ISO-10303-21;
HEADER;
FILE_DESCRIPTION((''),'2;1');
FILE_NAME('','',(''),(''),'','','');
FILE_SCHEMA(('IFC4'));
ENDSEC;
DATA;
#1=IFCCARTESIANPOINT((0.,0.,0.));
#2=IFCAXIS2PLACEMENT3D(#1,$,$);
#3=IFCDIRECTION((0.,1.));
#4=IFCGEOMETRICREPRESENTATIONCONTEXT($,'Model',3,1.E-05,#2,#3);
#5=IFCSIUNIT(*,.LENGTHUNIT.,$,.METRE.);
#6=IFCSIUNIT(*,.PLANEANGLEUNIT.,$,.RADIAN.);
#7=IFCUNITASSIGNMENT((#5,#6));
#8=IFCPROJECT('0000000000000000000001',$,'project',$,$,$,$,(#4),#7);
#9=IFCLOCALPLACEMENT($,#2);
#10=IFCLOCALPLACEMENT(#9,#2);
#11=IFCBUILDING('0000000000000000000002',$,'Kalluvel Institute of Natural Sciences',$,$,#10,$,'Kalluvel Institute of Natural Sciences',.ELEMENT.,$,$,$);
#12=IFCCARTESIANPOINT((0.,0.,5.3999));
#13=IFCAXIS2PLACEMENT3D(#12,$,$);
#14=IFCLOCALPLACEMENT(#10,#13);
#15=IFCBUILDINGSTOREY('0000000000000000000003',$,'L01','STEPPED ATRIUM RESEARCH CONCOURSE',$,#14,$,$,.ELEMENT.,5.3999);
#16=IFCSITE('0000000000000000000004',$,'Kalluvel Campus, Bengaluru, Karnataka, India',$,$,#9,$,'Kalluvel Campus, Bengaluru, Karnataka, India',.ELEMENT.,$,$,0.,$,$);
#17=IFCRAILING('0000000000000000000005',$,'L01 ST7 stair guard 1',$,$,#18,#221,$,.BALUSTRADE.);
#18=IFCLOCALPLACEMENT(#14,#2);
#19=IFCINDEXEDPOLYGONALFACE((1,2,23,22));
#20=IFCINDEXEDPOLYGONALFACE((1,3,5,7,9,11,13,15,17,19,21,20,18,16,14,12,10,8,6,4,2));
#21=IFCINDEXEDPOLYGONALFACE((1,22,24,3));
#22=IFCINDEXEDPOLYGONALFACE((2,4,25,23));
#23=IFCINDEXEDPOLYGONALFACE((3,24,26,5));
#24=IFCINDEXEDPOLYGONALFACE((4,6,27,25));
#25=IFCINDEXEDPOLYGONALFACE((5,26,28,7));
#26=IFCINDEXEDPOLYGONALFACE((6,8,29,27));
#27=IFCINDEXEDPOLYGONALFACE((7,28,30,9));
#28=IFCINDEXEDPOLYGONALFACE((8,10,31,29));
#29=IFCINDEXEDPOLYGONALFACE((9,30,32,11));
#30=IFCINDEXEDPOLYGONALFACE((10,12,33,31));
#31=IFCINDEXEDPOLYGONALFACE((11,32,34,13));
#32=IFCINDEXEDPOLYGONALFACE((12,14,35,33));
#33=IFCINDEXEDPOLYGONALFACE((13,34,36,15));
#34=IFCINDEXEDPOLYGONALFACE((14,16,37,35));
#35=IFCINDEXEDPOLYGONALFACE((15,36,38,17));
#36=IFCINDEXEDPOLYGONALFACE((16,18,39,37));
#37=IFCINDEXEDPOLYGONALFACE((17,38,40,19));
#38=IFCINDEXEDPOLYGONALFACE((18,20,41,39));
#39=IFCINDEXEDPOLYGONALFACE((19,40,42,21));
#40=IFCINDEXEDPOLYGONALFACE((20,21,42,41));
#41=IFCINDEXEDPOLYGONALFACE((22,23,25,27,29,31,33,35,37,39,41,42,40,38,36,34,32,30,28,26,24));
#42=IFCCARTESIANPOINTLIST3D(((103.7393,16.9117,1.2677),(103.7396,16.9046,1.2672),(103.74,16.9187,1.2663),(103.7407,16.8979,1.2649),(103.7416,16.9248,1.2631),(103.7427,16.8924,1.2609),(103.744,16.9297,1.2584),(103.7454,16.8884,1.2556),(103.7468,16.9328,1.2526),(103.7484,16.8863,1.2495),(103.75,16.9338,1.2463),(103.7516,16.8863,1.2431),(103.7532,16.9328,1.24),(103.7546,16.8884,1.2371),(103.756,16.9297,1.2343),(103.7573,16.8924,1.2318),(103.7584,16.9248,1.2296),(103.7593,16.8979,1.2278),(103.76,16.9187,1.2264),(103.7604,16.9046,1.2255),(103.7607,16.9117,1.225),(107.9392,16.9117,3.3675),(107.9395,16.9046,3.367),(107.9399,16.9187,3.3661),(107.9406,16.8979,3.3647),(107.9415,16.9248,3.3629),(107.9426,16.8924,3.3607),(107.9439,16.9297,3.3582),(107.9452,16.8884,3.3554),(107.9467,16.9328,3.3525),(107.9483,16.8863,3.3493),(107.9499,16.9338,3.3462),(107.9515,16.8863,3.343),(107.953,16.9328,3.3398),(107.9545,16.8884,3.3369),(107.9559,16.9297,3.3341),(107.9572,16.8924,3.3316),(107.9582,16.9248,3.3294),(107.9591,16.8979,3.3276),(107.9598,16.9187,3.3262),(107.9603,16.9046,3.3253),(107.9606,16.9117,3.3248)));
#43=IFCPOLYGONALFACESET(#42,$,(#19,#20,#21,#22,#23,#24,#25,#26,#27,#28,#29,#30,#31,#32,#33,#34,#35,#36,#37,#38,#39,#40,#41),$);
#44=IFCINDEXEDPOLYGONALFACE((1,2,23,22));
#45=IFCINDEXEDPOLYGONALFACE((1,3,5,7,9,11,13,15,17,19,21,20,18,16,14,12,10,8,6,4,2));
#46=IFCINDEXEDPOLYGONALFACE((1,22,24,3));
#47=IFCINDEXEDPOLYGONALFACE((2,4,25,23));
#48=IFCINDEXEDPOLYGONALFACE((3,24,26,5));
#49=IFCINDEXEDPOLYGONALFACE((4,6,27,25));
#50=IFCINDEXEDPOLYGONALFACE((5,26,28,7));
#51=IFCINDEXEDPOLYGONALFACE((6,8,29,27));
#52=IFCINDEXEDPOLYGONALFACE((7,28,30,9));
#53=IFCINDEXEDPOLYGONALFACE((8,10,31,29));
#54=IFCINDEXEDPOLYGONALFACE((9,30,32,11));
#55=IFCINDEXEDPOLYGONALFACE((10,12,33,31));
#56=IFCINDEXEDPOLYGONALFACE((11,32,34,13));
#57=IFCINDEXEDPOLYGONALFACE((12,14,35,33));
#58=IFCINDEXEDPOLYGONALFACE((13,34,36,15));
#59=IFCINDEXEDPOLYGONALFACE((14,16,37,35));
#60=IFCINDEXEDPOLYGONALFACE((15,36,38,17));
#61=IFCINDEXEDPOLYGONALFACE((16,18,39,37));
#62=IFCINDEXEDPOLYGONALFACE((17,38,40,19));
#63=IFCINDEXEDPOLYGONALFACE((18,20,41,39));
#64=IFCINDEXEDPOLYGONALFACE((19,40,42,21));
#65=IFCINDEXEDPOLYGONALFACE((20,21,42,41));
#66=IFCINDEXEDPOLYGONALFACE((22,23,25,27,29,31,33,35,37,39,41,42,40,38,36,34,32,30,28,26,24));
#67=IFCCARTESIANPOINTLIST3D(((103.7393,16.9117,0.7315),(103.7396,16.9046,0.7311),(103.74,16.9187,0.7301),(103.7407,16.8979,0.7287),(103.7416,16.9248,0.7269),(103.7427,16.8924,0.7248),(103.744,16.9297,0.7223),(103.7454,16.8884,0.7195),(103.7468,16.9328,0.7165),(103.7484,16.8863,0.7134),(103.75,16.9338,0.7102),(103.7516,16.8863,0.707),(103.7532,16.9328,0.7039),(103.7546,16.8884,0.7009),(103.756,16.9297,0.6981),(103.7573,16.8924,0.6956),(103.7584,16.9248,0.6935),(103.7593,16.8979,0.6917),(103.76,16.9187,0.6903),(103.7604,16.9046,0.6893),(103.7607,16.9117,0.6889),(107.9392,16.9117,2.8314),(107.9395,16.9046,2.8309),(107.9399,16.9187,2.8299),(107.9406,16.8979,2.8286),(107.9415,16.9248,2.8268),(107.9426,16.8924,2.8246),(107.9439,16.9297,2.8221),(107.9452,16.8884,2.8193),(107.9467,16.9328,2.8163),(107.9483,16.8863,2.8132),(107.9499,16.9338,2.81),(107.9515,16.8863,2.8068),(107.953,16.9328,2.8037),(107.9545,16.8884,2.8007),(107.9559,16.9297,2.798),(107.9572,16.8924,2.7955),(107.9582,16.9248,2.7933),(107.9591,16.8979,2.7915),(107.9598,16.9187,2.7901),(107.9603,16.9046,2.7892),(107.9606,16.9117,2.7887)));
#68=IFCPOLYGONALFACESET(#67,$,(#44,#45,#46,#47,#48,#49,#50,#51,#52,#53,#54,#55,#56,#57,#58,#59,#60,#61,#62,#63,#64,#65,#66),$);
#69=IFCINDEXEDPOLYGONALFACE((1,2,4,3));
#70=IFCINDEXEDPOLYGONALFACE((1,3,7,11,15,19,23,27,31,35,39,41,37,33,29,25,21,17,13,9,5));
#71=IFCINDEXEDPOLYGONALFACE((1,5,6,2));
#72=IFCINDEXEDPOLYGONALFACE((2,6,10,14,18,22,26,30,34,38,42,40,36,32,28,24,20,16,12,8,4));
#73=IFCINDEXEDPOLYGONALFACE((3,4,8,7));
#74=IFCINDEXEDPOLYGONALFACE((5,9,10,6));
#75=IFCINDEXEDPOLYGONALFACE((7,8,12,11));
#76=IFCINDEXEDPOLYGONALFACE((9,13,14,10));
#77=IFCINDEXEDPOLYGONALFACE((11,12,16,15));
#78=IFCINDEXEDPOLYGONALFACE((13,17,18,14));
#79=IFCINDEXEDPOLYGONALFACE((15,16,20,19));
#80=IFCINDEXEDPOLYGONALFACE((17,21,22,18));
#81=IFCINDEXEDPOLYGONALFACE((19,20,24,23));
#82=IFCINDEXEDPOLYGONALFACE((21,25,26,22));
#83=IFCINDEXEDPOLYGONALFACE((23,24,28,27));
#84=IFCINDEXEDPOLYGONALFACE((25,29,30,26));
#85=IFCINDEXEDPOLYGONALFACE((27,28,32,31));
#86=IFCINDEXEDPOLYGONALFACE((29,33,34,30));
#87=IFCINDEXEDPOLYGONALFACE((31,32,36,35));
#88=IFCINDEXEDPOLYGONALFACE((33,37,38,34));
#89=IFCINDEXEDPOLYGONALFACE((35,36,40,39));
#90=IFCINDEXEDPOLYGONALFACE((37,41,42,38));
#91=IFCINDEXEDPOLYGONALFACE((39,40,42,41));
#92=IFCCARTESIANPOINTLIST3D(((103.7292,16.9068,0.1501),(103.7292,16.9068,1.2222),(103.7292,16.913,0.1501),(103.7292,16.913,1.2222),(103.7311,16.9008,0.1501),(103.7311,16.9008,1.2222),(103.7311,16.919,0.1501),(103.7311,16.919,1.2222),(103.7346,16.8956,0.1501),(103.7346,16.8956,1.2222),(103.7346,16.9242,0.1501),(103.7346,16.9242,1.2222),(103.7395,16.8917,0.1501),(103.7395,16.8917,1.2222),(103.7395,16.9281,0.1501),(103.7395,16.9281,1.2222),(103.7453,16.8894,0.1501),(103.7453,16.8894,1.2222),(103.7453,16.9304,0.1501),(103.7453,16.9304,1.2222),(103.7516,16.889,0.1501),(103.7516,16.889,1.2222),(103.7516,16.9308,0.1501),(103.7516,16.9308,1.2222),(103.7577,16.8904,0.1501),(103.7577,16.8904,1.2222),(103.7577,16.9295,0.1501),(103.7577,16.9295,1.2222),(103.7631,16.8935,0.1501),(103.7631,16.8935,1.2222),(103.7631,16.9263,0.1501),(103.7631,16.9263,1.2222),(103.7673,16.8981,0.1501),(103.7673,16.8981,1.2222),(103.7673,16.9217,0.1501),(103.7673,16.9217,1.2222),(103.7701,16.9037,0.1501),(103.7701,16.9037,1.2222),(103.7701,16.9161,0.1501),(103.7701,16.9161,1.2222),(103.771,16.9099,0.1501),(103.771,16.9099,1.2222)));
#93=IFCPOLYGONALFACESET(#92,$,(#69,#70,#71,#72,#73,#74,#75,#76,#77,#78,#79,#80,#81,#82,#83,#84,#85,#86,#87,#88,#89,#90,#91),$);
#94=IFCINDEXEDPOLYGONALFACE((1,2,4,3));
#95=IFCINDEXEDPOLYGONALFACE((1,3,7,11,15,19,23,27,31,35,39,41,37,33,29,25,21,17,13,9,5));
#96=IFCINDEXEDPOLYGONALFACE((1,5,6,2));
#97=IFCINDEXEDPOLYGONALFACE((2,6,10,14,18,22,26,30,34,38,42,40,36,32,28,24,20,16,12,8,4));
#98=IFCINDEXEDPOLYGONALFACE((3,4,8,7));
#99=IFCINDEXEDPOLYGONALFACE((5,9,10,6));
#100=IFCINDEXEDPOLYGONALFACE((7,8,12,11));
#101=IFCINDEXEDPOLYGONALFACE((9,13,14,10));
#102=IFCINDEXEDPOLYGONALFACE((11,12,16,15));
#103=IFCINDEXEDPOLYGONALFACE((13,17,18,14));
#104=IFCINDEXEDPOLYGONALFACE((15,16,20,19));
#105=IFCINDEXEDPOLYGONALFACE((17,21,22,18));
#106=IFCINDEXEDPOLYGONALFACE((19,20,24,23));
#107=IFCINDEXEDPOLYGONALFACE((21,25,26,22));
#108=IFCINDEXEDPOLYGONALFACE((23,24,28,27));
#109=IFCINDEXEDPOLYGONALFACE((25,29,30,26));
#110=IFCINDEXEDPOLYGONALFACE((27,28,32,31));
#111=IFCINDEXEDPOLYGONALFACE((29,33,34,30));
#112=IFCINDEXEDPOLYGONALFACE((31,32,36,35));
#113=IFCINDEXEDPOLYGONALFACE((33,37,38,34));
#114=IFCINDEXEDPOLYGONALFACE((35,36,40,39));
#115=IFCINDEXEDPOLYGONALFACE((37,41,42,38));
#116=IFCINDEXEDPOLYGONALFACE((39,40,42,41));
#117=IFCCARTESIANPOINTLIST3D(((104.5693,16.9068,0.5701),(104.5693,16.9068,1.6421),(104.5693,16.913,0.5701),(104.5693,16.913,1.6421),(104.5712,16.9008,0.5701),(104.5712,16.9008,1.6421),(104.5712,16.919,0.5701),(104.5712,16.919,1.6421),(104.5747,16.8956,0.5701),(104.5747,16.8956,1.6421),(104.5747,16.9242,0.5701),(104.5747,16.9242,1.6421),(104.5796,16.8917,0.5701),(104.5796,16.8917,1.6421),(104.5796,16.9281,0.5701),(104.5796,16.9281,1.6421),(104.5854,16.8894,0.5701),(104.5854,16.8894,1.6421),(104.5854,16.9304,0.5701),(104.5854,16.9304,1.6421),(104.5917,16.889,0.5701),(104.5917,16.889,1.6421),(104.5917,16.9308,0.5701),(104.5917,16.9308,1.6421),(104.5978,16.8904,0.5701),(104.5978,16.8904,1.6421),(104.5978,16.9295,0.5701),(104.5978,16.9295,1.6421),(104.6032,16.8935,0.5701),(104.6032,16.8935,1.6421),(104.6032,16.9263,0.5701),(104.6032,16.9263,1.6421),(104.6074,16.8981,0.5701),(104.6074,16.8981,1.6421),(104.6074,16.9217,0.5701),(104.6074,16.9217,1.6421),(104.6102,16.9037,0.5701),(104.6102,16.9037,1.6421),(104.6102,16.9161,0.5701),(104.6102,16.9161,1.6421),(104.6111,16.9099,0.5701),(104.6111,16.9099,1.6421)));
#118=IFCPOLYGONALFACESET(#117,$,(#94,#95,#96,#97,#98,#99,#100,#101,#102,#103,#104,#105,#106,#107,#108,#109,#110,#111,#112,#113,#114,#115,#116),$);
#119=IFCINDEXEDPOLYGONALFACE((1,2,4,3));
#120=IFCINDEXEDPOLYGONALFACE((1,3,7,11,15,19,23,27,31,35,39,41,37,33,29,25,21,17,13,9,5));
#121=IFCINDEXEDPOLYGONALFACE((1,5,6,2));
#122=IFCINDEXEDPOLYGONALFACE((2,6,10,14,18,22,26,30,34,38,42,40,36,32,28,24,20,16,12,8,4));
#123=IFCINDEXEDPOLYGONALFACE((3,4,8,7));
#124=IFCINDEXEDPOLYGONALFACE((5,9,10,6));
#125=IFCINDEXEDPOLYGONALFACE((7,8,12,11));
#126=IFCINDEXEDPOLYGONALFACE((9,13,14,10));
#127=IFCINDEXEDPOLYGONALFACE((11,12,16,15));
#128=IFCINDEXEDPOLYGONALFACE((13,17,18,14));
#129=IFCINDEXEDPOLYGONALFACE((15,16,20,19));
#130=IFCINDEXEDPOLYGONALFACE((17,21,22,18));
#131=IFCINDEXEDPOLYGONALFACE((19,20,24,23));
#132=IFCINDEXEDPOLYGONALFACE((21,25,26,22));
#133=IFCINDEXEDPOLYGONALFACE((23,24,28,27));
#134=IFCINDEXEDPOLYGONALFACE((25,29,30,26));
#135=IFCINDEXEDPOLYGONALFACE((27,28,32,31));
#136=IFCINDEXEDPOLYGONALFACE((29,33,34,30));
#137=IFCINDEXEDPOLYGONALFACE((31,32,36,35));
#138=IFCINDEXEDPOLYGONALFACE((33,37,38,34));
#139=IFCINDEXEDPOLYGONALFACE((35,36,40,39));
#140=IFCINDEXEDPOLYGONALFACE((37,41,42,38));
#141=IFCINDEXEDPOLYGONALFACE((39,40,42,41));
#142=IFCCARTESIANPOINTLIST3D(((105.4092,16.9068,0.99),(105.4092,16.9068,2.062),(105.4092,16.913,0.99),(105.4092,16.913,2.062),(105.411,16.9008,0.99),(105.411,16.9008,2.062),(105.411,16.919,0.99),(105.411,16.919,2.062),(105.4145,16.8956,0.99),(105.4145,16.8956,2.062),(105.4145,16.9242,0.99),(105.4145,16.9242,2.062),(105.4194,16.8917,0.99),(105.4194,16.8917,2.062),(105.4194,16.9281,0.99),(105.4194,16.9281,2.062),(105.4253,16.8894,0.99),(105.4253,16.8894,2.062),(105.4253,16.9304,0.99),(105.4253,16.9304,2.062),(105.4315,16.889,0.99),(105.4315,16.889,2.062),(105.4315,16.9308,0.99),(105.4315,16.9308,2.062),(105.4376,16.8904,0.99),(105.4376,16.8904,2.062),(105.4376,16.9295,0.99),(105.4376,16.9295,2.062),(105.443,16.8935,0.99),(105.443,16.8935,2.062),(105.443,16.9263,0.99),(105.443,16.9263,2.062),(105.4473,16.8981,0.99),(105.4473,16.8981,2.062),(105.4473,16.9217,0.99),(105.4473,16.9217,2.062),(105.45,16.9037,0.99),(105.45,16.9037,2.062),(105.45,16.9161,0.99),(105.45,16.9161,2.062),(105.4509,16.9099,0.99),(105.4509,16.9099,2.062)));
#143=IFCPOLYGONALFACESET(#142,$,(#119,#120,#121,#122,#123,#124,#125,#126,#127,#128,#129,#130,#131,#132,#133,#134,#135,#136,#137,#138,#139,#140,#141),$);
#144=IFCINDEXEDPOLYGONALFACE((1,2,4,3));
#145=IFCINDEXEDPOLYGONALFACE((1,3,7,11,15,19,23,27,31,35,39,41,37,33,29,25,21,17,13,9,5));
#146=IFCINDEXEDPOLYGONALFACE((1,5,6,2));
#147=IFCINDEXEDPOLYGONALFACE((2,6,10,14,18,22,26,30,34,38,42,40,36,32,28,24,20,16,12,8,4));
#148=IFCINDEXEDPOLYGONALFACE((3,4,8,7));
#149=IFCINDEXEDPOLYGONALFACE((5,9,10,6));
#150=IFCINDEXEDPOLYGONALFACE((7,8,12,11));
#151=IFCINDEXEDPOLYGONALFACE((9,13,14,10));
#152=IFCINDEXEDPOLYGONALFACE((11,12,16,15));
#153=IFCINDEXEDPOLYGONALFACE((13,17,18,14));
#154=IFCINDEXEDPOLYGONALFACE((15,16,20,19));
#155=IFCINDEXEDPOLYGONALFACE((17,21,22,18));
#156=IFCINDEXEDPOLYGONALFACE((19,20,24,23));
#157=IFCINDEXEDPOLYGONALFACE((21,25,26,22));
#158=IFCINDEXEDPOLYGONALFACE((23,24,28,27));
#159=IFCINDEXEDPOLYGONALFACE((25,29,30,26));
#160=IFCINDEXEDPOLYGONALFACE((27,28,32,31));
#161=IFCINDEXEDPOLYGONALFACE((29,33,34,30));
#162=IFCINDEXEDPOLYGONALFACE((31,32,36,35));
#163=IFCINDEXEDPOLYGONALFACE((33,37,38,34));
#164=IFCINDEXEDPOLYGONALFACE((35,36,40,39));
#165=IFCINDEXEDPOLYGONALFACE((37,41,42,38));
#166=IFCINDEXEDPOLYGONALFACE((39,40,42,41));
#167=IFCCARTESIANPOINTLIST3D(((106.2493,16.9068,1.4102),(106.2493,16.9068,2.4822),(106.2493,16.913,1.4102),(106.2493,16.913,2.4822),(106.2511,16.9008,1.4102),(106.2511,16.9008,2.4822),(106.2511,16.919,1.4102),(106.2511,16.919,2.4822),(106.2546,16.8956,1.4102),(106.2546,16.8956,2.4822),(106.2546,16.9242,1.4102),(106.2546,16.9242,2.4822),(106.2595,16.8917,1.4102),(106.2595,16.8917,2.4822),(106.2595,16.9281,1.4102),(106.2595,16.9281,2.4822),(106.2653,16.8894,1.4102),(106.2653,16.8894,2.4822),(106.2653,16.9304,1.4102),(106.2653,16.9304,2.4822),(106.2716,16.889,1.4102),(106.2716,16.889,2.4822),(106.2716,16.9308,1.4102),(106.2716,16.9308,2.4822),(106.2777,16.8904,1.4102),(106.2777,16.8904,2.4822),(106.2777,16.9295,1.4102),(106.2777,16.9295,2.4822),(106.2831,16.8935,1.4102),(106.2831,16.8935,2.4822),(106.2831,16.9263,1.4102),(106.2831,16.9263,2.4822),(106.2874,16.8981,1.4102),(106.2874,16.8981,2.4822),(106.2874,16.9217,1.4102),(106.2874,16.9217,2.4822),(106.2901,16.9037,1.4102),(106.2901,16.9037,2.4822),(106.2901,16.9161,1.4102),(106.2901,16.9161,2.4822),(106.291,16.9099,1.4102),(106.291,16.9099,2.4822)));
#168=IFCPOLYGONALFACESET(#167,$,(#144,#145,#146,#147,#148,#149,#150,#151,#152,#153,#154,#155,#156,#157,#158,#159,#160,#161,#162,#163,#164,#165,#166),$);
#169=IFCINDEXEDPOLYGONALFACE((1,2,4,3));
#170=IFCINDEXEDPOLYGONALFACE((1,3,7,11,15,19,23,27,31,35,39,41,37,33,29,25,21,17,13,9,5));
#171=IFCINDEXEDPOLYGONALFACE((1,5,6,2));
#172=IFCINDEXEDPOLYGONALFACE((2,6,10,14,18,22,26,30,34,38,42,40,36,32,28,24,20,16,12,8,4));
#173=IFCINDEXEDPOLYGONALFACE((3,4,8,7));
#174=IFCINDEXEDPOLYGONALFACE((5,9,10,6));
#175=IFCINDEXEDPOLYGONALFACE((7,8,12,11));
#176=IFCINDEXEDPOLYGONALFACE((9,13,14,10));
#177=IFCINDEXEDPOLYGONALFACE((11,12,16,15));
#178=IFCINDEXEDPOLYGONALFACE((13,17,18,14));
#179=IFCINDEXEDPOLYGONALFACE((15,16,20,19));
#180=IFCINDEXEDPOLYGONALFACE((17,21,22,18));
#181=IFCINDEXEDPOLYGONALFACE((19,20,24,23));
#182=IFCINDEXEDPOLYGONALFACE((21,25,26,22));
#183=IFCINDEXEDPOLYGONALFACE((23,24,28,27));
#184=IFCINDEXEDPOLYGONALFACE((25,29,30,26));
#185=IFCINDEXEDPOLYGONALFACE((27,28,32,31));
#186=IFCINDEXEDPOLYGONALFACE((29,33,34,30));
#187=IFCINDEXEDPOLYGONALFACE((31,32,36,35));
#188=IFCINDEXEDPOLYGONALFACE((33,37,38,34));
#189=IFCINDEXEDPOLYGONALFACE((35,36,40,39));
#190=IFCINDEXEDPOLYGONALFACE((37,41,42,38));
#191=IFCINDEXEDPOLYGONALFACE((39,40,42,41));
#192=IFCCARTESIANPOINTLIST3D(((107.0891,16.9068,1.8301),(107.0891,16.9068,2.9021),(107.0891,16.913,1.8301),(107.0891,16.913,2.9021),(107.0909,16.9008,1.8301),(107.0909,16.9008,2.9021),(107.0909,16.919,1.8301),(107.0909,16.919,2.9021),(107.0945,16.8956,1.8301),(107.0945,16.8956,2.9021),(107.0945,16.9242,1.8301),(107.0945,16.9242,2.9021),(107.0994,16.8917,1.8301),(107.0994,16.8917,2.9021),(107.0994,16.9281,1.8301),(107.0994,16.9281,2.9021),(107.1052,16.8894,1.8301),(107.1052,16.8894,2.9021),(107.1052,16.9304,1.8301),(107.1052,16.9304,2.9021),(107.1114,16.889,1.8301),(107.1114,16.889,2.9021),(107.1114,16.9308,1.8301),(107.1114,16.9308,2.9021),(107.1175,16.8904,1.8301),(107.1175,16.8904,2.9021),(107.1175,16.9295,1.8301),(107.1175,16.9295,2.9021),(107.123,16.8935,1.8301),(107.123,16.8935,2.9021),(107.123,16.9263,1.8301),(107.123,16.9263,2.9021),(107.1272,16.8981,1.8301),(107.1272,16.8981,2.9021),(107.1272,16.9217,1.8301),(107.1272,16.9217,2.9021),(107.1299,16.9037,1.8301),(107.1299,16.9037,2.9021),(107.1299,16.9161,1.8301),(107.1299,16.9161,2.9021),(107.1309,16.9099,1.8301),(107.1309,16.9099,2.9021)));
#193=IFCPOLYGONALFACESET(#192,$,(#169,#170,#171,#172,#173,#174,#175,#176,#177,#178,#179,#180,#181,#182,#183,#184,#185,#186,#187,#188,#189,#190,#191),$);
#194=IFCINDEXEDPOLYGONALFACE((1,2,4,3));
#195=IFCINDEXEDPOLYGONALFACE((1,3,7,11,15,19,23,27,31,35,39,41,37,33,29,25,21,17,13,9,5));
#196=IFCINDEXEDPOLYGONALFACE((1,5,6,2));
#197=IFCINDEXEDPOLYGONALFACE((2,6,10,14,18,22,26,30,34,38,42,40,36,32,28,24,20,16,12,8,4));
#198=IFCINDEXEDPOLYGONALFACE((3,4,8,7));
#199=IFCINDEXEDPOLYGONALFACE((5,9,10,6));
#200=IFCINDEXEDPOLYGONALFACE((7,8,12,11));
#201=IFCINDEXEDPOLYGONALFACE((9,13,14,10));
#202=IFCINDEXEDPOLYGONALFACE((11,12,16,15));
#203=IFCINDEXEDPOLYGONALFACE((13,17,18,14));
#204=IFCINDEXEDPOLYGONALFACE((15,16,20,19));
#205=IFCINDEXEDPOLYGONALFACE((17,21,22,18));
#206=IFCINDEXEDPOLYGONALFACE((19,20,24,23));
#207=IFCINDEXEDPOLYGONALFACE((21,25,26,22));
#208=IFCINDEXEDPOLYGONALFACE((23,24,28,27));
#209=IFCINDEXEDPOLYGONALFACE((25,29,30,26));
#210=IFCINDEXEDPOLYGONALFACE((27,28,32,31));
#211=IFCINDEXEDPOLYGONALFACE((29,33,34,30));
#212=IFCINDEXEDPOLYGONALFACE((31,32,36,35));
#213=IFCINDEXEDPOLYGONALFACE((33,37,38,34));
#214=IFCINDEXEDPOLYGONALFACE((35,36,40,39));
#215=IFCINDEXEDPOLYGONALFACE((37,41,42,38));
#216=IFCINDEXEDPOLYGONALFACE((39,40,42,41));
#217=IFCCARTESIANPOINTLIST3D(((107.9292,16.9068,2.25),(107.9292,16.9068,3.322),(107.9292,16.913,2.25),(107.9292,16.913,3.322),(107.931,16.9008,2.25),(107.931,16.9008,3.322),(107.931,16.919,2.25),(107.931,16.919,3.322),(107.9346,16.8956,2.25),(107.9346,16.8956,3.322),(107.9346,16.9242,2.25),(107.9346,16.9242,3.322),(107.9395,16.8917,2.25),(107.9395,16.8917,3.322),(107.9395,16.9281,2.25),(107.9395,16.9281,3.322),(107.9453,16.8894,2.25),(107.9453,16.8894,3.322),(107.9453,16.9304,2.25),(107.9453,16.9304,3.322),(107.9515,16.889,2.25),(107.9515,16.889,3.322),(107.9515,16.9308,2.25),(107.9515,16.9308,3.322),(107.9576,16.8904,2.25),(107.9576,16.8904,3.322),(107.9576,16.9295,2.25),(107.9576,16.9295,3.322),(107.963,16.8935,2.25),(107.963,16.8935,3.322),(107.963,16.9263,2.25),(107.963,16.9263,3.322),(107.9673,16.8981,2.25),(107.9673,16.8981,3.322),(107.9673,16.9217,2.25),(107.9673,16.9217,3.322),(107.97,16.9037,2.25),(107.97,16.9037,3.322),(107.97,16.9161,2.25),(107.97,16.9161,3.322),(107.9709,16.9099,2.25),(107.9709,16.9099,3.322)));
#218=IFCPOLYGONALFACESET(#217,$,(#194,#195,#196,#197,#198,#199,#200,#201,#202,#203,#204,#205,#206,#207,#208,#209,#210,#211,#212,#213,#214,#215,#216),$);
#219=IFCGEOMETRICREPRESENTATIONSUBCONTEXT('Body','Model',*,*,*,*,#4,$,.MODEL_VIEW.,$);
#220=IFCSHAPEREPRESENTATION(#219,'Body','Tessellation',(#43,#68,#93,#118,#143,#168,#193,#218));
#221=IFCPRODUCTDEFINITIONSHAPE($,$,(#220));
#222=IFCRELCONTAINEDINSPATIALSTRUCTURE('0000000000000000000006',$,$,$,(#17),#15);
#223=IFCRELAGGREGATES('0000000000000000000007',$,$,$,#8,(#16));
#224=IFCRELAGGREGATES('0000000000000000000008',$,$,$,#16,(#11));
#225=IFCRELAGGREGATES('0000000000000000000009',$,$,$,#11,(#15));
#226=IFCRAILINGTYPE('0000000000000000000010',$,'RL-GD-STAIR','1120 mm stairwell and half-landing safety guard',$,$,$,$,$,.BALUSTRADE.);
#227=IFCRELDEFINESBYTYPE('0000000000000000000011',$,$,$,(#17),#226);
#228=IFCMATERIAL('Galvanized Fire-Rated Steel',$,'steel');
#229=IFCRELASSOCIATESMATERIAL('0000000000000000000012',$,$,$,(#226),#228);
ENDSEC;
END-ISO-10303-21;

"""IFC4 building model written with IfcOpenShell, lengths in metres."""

from ifc_helpers import new_model, si_unit, direction, frame, origin, origin_2d, place, context, subcontext, project, spatial, circle, extrude, material, type_object, element, save


model = new_model("IFC4")

# Units and contexts
model_context = context("Model", 3, precision=1e-05, world=origin(), true_north=direction((0.0, 1.0)))
body_context = subcontext(model_context, "Body", "Model", "MODEL_VIEW")
ifc_project = project(units=[si_unit("LENGTHUNIT", "METRE"), si_unit("PLANEANGLEUNIT", "RADIAN")], contexts=[model_context])

# Site, building, storey
site_placement = place(None, origin())
site = spatial("IfcSite", under=ifc_project, at=site_placement, Name="Kalluvel Campus, Bengaluru, Karnataka, India", LongName="Kalluvel Campus, Bengaluru, Karnataka, India", CompositionType="ELEMENT", RefElevation=0.0)
building_placement = place(site_placement, origin())
building = spatial("IfcBuilding", under=site, at=building_placement, Name="Kalluvel Institute of Natural Sciences", LongName="Kalluvel Institute of Natural Sciences", CompositionType="ELEMENT")
storey_placement = place(building_placement, frame((0.0, 0.0, 5.3999)))
storey = spatial("IfcBuildingStorey", under=building, at=storey_placement, Name="L01", Description="STEPPED ATRIUM RESEARCH CONCOURSE", CompositionType="ELEMENT", Elevation=5.3999)

# Railing
ifc_material_1 = material(Name="Galvanized Fire-Rated Steel", Category="steel")
railing_type_1 = type_object("IfcRailingType", Name="RL-GD-STAIR", Description="1120 mm stairwell and half-landing safety guard", PredefinedType="BALUSTRADE", material=ifc_material_1)
railing_1_placement = place(storey_placement, frame((103.75, 16.9099, 0.1501)))
element("IfcRailing", 1, at=railing_1_placement, inside=storey, type_object=railing_type_1, Name="L01 ST7 stair guard 1", PredefinedType="BALUSTRADE", context=body_context, shape_type="SweptSolid", body=[
    extrude(circle(Radius=0.0239, at=origin_2d()), frame((0.0, 0.0, 1.0962), z_axis=(0.894438, 0.0, 0.447193), x_axis=(0.0, 1.0, 0.0)), (0.0, 0.0, 1.0), 4.6956),
    extrude(circle(Radius=0.0239, at=origin_2d()), frame((0.0, 0.0, 0.5601), z_axis=(0.894438, 0.0, 0.447193), x_axis=(0.0, 1.0, 0.0)), (0.0, 0.0, 1.0), 4.6956),
    extrude(circle(Radius=0.021, at=origin_2d()), origin(), (0.0, 0.0, 1.0), 1.072),
    extrude(circle(Radius=0.021, at=origin_2d()), frame((0.8401, 0.0, 0.4199)), (0.0, 0.0, 1.0), 1.072),
    extrude(circle(Radius=0.021, at=origin_2d()), frame((1.6799, 0.0, 0.8398)), (0.0, 0.0, 1.0), 1.072),
    extrude(circle(Radius=0.021, at=origin_2d()), frame((2.52, 0.0, 1.26)), (0.0, 0.0, 1.0), 1.072),
    extrude(circle(Radius=0.021, at=origin_2d()), frame((3.3599, 0.0, 1.6799)), (0.0, 0.0, 1.0), 1.072),
    extrude(circle(Radius=0.021, at=origin_2d()), frame((4.2, 0.0, 2.0999)), (0.0, 0.0, 1.0), 1.072),
])

save(model, "model.ifc")
